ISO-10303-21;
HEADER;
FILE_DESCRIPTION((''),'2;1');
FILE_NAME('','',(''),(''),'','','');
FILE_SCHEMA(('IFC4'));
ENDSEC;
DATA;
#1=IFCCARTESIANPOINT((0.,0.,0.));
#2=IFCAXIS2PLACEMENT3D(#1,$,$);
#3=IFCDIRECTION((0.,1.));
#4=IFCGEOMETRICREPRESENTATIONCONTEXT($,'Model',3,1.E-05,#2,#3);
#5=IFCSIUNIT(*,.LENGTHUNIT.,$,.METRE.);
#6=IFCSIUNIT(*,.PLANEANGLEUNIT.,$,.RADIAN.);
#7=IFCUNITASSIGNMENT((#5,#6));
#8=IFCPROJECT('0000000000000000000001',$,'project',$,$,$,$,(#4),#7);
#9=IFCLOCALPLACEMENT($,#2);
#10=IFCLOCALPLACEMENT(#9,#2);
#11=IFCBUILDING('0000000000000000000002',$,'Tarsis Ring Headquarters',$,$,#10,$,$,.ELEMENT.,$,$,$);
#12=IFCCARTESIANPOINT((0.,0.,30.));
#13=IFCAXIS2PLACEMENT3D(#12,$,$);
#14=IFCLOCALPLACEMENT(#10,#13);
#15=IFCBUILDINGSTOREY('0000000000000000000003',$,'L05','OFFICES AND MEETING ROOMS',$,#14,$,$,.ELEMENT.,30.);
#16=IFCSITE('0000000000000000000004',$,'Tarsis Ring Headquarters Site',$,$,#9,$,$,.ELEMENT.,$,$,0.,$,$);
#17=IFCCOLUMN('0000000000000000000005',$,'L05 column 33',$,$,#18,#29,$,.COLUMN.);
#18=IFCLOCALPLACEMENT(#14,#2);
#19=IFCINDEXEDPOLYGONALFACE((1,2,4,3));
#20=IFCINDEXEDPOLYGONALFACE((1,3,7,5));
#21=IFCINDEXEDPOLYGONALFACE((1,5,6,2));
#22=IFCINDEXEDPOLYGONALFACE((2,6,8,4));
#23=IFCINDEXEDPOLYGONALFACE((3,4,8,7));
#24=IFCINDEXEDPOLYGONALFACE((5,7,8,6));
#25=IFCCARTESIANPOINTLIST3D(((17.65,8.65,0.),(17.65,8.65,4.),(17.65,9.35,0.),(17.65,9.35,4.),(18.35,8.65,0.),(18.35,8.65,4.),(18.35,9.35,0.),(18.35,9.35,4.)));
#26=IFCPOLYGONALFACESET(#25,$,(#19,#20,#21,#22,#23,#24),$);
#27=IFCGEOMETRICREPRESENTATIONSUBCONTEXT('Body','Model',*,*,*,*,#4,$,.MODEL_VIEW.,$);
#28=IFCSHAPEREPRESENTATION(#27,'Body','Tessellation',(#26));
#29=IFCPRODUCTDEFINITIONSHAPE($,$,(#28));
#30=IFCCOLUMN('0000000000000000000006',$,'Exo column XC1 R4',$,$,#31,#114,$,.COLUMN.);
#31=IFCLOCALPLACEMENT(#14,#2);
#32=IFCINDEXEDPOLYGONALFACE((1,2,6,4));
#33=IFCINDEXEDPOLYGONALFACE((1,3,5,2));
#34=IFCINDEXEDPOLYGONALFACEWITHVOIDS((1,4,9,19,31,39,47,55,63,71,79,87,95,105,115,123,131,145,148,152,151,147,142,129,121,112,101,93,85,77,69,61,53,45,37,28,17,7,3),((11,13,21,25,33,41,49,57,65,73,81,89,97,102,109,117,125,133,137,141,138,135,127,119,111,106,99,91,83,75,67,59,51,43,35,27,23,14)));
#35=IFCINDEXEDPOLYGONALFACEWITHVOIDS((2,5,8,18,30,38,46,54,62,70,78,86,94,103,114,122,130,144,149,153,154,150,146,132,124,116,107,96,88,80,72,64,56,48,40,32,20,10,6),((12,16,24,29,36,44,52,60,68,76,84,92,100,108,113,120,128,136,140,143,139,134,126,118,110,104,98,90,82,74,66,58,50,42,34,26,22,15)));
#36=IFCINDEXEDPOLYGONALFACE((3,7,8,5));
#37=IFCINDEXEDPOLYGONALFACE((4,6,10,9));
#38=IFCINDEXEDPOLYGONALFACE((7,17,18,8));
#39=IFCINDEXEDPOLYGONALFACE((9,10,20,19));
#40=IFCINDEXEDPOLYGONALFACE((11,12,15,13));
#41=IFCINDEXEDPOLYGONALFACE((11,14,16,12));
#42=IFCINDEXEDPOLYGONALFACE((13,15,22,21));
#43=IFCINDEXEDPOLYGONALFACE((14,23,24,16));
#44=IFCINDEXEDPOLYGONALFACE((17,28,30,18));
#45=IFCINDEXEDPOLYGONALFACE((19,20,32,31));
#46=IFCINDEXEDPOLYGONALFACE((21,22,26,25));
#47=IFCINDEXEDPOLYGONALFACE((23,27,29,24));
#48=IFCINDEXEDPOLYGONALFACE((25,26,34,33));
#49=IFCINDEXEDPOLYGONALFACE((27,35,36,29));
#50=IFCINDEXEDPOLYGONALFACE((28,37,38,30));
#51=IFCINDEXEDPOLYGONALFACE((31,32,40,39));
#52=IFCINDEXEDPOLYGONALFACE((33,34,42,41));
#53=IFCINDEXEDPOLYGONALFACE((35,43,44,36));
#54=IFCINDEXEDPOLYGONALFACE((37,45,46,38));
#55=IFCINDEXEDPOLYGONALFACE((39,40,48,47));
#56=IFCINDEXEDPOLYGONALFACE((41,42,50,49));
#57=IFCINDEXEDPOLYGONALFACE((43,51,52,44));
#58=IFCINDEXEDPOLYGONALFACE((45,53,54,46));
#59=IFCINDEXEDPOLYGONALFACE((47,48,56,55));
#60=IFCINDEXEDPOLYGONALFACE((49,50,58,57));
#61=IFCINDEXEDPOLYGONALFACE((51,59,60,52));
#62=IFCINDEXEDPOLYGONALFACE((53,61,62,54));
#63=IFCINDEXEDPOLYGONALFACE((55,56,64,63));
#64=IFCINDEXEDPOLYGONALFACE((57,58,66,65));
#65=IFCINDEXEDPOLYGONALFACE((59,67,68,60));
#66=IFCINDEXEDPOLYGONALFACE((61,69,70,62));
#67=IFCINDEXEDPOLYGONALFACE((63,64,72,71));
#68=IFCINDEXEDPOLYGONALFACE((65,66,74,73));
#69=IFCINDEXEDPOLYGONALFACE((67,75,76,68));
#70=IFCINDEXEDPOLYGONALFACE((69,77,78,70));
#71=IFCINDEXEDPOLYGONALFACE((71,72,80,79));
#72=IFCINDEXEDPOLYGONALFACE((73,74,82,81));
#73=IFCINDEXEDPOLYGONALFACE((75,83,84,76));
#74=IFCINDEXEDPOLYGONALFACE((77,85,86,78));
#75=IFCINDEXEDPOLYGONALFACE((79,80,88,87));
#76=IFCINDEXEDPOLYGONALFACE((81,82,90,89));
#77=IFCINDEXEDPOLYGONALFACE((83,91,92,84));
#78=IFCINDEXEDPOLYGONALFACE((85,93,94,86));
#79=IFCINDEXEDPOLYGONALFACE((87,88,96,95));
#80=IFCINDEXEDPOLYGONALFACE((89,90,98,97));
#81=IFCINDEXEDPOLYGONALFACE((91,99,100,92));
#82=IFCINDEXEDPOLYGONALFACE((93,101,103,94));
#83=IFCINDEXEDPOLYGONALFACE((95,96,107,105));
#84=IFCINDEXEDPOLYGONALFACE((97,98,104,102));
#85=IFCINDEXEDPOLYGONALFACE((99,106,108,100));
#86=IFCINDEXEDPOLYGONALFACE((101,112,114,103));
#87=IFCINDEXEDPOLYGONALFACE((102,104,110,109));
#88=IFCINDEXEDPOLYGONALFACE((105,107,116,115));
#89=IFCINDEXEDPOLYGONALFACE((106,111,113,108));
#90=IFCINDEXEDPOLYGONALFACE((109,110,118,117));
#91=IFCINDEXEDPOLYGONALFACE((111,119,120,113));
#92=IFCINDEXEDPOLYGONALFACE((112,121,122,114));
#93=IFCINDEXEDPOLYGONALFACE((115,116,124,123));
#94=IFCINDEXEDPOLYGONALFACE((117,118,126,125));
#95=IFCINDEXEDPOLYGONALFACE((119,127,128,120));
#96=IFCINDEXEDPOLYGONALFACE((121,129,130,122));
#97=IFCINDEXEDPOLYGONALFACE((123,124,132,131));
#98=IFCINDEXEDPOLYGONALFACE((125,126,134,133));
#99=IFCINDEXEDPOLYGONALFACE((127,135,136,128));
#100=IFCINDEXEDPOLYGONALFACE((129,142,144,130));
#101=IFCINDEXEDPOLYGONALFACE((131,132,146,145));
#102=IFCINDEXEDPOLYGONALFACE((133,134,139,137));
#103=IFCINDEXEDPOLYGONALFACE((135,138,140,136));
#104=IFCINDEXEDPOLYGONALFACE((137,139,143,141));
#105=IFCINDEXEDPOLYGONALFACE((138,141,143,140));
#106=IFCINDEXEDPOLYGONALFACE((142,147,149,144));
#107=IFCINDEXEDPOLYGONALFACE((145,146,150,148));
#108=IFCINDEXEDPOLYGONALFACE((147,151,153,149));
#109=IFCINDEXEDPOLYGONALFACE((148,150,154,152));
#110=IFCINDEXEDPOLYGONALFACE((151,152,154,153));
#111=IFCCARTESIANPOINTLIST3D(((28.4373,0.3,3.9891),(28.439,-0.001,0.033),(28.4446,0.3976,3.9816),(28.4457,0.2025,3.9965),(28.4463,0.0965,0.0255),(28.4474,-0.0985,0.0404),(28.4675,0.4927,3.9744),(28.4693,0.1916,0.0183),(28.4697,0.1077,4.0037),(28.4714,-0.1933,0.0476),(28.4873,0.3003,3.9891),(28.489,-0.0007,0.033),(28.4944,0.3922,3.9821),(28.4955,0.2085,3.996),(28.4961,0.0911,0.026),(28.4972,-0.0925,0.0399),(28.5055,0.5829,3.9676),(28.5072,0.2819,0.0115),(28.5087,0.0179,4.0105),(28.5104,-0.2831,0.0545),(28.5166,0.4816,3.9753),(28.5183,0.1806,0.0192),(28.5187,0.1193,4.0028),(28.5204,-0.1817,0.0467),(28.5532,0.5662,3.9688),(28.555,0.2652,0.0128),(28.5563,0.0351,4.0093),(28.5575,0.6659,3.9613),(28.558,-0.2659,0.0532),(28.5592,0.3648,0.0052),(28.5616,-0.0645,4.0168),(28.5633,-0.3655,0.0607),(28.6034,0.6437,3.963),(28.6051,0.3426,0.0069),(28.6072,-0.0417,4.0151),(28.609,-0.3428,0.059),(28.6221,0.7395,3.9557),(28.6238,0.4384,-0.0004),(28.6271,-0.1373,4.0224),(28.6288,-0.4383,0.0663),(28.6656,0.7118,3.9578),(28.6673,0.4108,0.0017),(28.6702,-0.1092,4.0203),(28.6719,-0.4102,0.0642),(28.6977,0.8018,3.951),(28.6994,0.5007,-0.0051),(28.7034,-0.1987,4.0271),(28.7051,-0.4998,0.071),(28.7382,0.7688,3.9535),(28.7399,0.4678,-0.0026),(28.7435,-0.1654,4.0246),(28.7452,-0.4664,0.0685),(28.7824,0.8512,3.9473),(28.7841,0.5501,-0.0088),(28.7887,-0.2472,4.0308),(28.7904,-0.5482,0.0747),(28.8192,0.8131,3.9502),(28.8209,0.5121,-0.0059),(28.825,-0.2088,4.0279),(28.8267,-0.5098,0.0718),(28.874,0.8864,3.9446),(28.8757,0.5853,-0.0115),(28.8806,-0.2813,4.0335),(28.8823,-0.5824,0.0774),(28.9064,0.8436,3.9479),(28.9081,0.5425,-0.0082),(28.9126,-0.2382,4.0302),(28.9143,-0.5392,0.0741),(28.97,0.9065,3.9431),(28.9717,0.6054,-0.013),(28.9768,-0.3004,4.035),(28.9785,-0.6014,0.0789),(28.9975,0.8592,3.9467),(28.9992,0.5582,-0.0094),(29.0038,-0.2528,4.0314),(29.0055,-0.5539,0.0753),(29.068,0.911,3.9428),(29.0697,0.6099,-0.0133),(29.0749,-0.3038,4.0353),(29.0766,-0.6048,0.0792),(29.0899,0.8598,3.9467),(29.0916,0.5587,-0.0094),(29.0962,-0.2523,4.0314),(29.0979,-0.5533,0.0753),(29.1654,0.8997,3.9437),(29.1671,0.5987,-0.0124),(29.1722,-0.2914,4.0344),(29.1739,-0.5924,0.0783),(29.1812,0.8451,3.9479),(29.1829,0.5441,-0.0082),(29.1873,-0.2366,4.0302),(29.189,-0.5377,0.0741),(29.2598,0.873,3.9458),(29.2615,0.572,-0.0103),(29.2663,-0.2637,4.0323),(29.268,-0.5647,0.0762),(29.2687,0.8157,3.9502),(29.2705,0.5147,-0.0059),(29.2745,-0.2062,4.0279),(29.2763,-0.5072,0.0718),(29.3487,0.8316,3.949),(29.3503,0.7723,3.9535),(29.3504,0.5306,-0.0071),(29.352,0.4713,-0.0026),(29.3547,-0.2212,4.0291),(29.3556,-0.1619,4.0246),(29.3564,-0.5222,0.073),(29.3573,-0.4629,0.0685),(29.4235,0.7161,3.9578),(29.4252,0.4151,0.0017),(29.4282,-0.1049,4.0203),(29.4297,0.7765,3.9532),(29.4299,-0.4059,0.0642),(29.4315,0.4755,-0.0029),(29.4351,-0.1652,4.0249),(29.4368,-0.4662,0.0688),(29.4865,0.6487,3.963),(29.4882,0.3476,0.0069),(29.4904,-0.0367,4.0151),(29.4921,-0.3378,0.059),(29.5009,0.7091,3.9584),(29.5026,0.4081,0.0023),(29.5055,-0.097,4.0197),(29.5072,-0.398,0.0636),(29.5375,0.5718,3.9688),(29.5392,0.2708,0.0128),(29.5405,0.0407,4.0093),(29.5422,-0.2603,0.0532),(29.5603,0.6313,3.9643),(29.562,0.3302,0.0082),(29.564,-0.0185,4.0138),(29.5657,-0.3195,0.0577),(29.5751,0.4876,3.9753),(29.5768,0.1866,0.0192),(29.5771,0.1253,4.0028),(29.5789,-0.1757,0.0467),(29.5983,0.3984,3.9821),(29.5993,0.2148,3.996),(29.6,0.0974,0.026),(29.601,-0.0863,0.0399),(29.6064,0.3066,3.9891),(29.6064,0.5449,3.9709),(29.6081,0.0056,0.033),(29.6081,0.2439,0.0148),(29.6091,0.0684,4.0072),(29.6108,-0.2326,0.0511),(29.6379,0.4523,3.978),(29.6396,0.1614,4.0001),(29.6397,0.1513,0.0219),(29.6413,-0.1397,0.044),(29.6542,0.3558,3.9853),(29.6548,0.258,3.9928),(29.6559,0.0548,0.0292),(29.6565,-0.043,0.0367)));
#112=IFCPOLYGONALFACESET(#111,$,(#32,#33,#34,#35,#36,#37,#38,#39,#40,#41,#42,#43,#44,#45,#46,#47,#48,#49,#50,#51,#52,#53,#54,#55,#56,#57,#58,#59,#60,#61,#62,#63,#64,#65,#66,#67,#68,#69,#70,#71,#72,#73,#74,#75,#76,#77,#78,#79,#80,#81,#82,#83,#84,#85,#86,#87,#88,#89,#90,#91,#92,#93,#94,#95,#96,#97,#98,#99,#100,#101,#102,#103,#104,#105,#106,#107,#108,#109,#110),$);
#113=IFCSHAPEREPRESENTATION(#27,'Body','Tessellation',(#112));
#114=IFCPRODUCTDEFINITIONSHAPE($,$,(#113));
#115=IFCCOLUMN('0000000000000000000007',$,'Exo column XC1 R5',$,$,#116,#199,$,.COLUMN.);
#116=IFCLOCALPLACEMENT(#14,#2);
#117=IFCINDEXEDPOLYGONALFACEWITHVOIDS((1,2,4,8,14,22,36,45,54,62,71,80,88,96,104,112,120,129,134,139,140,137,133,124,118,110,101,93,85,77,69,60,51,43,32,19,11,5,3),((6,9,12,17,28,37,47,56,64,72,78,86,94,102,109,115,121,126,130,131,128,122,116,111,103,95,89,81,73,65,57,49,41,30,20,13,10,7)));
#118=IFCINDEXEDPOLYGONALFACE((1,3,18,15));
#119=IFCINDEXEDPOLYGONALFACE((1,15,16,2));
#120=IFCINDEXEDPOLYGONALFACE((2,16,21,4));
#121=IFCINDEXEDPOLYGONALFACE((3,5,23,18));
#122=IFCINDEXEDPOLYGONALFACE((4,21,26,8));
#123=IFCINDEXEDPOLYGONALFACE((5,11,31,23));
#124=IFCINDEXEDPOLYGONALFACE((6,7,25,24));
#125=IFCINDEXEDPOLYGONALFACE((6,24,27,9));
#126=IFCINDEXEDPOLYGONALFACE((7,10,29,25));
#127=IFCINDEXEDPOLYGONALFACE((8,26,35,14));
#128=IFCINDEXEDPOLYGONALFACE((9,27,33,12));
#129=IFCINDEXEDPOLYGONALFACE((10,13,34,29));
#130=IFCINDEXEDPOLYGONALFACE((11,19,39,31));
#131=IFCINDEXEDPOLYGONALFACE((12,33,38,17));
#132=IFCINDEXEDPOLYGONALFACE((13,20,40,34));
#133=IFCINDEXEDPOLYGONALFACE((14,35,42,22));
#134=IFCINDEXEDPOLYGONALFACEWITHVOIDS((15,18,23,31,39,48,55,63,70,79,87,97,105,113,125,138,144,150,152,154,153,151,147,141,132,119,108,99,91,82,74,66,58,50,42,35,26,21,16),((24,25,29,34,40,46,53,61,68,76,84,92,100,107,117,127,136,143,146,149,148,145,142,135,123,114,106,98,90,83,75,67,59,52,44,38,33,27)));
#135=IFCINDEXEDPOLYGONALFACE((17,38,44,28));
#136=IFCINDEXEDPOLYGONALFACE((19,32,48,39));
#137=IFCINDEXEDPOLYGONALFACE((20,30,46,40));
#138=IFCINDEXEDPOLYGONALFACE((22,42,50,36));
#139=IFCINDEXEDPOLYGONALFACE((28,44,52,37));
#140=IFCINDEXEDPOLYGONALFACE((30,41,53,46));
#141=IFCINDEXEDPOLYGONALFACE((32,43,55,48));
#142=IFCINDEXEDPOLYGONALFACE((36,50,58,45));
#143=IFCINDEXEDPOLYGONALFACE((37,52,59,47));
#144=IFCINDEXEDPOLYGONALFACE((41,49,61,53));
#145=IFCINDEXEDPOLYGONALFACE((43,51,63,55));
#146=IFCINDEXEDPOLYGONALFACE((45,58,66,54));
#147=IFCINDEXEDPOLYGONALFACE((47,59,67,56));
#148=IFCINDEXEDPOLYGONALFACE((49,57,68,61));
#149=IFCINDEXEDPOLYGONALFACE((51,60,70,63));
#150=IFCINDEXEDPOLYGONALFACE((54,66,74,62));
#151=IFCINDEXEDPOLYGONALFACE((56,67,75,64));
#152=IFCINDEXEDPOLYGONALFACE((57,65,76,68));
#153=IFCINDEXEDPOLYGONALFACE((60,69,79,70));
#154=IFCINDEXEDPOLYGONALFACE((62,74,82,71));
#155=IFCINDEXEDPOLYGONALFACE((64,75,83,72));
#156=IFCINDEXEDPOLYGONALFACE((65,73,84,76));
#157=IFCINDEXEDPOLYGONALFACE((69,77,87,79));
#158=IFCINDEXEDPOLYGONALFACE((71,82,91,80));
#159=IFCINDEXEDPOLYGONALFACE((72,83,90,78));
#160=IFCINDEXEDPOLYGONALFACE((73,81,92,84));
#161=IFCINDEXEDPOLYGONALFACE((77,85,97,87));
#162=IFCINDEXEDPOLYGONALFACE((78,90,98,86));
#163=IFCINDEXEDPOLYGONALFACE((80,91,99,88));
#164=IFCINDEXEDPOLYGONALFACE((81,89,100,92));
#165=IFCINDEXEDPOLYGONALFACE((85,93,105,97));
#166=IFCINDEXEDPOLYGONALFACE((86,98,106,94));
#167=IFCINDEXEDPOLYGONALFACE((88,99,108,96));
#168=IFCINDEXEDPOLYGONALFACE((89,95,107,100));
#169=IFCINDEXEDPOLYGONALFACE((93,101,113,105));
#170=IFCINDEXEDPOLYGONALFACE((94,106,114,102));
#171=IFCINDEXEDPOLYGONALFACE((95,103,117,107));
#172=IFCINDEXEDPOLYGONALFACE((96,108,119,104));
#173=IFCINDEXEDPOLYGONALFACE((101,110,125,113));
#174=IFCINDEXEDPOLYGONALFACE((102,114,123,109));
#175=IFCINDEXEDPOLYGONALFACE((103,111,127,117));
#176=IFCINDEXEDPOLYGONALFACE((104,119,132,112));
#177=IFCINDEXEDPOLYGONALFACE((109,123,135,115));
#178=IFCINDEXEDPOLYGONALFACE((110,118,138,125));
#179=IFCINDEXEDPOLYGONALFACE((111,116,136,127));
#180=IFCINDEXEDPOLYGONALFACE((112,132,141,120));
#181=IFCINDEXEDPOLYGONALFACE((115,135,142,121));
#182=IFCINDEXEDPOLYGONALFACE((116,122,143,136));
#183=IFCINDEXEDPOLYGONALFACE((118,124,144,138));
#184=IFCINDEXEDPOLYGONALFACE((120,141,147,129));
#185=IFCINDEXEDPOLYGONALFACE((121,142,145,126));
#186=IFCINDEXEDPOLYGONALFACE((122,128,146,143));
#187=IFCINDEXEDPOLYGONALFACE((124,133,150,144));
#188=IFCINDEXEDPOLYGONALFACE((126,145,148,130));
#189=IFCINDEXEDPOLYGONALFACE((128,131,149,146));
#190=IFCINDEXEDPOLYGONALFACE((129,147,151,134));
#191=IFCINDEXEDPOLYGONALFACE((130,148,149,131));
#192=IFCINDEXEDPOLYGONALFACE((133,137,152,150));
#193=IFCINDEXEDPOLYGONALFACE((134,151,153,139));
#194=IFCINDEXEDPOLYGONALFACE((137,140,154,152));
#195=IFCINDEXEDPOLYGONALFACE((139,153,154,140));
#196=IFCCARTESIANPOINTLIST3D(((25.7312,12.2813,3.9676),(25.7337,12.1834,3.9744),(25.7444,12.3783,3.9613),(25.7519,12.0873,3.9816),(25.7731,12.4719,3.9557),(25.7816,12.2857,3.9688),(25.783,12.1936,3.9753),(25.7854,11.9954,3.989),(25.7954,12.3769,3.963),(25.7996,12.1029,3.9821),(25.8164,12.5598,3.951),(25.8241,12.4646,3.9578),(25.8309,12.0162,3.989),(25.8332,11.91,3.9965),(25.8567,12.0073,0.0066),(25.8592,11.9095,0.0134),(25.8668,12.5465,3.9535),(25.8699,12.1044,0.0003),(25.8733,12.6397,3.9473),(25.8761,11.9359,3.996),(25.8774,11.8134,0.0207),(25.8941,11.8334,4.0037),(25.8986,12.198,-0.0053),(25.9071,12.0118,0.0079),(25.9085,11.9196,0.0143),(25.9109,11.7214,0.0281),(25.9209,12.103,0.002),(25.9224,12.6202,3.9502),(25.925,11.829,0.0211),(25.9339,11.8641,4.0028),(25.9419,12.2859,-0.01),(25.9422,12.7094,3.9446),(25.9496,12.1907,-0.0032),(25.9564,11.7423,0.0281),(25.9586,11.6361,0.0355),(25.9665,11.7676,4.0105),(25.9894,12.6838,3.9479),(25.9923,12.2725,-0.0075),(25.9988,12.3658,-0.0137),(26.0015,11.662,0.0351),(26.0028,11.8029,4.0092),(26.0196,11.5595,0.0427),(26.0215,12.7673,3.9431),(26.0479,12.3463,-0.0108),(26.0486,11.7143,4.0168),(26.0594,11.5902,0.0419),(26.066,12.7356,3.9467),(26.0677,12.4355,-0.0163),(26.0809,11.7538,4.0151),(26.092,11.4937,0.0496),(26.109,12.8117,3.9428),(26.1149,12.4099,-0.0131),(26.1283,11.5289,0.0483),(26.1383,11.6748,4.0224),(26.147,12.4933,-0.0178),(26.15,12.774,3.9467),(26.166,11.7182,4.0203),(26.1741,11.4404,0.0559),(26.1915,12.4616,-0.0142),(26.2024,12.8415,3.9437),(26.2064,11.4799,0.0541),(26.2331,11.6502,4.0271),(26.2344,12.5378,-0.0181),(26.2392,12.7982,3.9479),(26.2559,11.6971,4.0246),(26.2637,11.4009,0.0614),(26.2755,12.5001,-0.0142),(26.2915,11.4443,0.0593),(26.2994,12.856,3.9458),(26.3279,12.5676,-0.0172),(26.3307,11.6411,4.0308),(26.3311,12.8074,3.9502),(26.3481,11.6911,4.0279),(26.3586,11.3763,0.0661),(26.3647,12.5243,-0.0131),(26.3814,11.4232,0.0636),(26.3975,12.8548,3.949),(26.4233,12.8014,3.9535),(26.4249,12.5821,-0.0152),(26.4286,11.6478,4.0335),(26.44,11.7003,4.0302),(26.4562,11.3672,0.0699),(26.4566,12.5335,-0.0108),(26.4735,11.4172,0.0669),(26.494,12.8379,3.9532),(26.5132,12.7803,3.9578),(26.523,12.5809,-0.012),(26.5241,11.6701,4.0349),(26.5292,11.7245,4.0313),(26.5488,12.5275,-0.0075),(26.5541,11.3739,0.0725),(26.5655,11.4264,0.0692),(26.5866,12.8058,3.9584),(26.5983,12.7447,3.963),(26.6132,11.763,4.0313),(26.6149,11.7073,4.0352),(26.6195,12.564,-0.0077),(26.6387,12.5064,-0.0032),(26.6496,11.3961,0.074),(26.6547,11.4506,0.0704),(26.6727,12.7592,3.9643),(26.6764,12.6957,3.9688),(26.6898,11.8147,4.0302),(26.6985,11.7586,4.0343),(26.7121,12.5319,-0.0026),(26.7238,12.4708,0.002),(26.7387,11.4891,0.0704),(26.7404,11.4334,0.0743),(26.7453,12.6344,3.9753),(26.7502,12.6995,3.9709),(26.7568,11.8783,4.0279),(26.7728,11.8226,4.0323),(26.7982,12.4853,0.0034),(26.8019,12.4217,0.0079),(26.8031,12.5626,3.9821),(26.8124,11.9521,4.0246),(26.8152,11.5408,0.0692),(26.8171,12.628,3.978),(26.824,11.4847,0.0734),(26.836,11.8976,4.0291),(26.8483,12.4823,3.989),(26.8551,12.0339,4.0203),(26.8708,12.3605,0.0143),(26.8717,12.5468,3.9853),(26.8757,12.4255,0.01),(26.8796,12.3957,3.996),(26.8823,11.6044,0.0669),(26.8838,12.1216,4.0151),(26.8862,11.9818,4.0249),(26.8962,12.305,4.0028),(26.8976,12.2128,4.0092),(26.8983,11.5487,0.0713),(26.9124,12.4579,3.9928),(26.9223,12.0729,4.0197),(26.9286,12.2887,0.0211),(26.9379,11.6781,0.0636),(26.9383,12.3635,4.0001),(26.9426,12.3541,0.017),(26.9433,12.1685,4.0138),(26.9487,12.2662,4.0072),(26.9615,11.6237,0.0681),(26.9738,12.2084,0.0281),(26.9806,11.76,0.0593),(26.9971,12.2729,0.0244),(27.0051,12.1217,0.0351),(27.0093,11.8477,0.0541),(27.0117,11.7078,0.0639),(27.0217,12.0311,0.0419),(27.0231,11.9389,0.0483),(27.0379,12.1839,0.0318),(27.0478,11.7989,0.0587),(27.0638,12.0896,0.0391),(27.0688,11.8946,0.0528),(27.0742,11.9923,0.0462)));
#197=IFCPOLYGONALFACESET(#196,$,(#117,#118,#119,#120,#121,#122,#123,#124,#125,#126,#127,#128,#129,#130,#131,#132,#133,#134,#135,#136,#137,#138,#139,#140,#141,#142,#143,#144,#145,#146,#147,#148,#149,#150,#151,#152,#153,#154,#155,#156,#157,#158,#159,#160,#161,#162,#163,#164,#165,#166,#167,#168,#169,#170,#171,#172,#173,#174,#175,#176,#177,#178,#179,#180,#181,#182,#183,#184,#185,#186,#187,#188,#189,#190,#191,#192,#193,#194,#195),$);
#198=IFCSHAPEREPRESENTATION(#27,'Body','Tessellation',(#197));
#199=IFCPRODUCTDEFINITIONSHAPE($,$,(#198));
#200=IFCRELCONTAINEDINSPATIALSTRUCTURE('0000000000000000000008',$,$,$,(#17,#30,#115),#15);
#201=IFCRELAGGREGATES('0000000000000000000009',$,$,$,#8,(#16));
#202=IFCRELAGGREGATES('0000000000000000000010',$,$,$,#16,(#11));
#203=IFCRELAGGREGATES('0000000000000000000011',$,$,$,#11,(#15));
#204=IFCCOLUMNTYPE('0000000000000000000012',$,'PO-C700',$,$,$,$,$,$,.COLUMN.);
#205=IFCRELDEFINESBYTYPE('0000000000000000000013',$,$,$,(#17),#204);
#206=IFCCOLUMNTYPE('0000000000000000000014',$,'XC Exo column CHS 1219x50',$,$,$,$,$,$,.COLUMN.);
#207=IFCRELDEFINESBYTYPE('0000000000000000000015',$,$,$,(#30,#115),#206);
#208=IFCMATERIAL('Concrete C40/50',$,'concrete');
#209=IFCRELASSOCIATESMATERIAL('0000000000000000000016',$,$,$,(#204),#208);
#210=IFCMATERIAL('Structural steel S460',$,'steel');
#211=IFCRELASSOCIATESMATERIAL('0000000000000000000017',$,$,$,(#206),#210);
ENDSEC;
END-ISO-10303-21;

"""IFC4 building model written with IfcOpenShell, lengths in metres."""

from ifc_helpers import new_model, si_unit, direction, frame, origin, origin_2d, place, context, subcontext, project, spatial, rectangle, hollow_circle, extrude, material, material_profile, profile_set, type_object, element, save


model = new_model("IFC4")

# Units and contexts
model_context = context("Model", 3, precision=1e-05, world=origin(), true_north=direction((0.0, 1.0)))
body_context = subcontext(model_context, "Body", "Model", "MODEL_VIEW")
ifc_project = project(units=[si_unit("LENGTHUNIT", "METRE"), si_unit("PLANEANGLEUNIT", "RADIAN")], contexts=[model_context])

# Site, building, storey
site_placement = place(None, origin())
site = spatial("IfcSite", under=ifc_project, at=site_placement, Name="Tarsis Ring Headquarters Site", CompositionType="ELEMENT", RefElevation=0.0)
building_placement = place(site_placement, origin())
building = spatial("IfcBuilding", under=site, at=building_placement, Name="Tarsis Ring Headquarters", CompositionType="ELEMENT")
storey_placement = place(building_placement, frame((0.0, 0.0, 30.0)))
storey = spatial("IfcBuildingStorey", under=building, at=storey_placement, Name="L05", Description="OFFICES AND MEETING ROOMS", CompositionType="ELEMENT", Elevation=30.0)

# Columns
ifc_material_1 = material(Name="Concrete C40/50", Category="concrete")
ifc_material_profile_1 = material_profile(ifc_material_1, rectangle(XDim=0.7, YDim=0.7, at=origin_2d()), Name="PO-C700")
ifc_profile_set_1 = profile_set([ifc_material_profile_1], Name="Concrete C40/50")
column_type_1 = type_object("IfcColumnType", Name="PO-C700", PredefinedType="COLUMN", material=ifc_profile_set_1)
column_1_placement = place(storey_placement, frame((18.0, 9.0, 0.0), z_axis=(0.0, 0.0, 1.0), x_axis=(1.0, 0.0, 0.0)))
element("IfcColumn", 1, at=column_1_placement, inside=storey, type_object=column_type_1, Name="L05 column 33", PredefinedType="COLUMN", context=body_context, shape_type="SweptSolid", body=[
    extrude(rectangle(XDim=0.7, YDim=0.7, at=origin_2d()), origin(), (0.0, 0.0, 1.0), 4.0),
])
ifc_material_2 = material(Name="Structural steel S460", Category="steel")
ifc_material_profile_2 = material_profile(ifc_material_2, hollow_circle(Radius=0.6096, WallThickness=0.05, at=origin_2d()), Name="CHS 1219x50")
ifc_profile_set_2 = profile_set([ifc_material_profile_2], Name="Structural steel S460")
column_type_2 = type_object("IfcColumnType", Name="XC Exo column CHS 1219x50", PredefinedType="COLUMN", material=ifc_profile_set_2)
column_2_placement = place(storey_placement, frame((29.0486, 0.0024, 0.033), z_axis=(-0.000431, 0.075873, 0.997117), x_axis=(-0.999984, -0.005677, 0.0)))
element("IfcColumn", 2, at=column_2_placement, inside=storey, type_object=column_type_2, Name="Exo column XC1 R4", PredefinedType="COLUMN", context=body_context, shape_type="SweptSolid", body=[
    extrude(hollow_circle(Radius=0.6096, WallThickness=0.05, at=origin_2d()), origin(), (0.0, 0.0, 1.0), 3.9675),
])
column_3_placement = place(storey_placement, frame((26.4651, 11.9753, 0.0281), z_axis=(-0.03159, 0.068958, 0.997119), x_axis=(-0.909142, -0.416487, 0.0)))
element("IfcColumn", 3, at=column_3_placement, inside=storey, type_object=column_type_2, Name="Exo column XC1 R5", PredefinedType="COLUMN", context=body_context, shape_type="SweptSolid", body=[
    extrude(hollow_circle(Radius=0.6096, WallThickness=0.05, at=origin_2d()), origin(), (0.0, 0.0, 1.0), 3.9724),
])

save(model, "model.ifc")
